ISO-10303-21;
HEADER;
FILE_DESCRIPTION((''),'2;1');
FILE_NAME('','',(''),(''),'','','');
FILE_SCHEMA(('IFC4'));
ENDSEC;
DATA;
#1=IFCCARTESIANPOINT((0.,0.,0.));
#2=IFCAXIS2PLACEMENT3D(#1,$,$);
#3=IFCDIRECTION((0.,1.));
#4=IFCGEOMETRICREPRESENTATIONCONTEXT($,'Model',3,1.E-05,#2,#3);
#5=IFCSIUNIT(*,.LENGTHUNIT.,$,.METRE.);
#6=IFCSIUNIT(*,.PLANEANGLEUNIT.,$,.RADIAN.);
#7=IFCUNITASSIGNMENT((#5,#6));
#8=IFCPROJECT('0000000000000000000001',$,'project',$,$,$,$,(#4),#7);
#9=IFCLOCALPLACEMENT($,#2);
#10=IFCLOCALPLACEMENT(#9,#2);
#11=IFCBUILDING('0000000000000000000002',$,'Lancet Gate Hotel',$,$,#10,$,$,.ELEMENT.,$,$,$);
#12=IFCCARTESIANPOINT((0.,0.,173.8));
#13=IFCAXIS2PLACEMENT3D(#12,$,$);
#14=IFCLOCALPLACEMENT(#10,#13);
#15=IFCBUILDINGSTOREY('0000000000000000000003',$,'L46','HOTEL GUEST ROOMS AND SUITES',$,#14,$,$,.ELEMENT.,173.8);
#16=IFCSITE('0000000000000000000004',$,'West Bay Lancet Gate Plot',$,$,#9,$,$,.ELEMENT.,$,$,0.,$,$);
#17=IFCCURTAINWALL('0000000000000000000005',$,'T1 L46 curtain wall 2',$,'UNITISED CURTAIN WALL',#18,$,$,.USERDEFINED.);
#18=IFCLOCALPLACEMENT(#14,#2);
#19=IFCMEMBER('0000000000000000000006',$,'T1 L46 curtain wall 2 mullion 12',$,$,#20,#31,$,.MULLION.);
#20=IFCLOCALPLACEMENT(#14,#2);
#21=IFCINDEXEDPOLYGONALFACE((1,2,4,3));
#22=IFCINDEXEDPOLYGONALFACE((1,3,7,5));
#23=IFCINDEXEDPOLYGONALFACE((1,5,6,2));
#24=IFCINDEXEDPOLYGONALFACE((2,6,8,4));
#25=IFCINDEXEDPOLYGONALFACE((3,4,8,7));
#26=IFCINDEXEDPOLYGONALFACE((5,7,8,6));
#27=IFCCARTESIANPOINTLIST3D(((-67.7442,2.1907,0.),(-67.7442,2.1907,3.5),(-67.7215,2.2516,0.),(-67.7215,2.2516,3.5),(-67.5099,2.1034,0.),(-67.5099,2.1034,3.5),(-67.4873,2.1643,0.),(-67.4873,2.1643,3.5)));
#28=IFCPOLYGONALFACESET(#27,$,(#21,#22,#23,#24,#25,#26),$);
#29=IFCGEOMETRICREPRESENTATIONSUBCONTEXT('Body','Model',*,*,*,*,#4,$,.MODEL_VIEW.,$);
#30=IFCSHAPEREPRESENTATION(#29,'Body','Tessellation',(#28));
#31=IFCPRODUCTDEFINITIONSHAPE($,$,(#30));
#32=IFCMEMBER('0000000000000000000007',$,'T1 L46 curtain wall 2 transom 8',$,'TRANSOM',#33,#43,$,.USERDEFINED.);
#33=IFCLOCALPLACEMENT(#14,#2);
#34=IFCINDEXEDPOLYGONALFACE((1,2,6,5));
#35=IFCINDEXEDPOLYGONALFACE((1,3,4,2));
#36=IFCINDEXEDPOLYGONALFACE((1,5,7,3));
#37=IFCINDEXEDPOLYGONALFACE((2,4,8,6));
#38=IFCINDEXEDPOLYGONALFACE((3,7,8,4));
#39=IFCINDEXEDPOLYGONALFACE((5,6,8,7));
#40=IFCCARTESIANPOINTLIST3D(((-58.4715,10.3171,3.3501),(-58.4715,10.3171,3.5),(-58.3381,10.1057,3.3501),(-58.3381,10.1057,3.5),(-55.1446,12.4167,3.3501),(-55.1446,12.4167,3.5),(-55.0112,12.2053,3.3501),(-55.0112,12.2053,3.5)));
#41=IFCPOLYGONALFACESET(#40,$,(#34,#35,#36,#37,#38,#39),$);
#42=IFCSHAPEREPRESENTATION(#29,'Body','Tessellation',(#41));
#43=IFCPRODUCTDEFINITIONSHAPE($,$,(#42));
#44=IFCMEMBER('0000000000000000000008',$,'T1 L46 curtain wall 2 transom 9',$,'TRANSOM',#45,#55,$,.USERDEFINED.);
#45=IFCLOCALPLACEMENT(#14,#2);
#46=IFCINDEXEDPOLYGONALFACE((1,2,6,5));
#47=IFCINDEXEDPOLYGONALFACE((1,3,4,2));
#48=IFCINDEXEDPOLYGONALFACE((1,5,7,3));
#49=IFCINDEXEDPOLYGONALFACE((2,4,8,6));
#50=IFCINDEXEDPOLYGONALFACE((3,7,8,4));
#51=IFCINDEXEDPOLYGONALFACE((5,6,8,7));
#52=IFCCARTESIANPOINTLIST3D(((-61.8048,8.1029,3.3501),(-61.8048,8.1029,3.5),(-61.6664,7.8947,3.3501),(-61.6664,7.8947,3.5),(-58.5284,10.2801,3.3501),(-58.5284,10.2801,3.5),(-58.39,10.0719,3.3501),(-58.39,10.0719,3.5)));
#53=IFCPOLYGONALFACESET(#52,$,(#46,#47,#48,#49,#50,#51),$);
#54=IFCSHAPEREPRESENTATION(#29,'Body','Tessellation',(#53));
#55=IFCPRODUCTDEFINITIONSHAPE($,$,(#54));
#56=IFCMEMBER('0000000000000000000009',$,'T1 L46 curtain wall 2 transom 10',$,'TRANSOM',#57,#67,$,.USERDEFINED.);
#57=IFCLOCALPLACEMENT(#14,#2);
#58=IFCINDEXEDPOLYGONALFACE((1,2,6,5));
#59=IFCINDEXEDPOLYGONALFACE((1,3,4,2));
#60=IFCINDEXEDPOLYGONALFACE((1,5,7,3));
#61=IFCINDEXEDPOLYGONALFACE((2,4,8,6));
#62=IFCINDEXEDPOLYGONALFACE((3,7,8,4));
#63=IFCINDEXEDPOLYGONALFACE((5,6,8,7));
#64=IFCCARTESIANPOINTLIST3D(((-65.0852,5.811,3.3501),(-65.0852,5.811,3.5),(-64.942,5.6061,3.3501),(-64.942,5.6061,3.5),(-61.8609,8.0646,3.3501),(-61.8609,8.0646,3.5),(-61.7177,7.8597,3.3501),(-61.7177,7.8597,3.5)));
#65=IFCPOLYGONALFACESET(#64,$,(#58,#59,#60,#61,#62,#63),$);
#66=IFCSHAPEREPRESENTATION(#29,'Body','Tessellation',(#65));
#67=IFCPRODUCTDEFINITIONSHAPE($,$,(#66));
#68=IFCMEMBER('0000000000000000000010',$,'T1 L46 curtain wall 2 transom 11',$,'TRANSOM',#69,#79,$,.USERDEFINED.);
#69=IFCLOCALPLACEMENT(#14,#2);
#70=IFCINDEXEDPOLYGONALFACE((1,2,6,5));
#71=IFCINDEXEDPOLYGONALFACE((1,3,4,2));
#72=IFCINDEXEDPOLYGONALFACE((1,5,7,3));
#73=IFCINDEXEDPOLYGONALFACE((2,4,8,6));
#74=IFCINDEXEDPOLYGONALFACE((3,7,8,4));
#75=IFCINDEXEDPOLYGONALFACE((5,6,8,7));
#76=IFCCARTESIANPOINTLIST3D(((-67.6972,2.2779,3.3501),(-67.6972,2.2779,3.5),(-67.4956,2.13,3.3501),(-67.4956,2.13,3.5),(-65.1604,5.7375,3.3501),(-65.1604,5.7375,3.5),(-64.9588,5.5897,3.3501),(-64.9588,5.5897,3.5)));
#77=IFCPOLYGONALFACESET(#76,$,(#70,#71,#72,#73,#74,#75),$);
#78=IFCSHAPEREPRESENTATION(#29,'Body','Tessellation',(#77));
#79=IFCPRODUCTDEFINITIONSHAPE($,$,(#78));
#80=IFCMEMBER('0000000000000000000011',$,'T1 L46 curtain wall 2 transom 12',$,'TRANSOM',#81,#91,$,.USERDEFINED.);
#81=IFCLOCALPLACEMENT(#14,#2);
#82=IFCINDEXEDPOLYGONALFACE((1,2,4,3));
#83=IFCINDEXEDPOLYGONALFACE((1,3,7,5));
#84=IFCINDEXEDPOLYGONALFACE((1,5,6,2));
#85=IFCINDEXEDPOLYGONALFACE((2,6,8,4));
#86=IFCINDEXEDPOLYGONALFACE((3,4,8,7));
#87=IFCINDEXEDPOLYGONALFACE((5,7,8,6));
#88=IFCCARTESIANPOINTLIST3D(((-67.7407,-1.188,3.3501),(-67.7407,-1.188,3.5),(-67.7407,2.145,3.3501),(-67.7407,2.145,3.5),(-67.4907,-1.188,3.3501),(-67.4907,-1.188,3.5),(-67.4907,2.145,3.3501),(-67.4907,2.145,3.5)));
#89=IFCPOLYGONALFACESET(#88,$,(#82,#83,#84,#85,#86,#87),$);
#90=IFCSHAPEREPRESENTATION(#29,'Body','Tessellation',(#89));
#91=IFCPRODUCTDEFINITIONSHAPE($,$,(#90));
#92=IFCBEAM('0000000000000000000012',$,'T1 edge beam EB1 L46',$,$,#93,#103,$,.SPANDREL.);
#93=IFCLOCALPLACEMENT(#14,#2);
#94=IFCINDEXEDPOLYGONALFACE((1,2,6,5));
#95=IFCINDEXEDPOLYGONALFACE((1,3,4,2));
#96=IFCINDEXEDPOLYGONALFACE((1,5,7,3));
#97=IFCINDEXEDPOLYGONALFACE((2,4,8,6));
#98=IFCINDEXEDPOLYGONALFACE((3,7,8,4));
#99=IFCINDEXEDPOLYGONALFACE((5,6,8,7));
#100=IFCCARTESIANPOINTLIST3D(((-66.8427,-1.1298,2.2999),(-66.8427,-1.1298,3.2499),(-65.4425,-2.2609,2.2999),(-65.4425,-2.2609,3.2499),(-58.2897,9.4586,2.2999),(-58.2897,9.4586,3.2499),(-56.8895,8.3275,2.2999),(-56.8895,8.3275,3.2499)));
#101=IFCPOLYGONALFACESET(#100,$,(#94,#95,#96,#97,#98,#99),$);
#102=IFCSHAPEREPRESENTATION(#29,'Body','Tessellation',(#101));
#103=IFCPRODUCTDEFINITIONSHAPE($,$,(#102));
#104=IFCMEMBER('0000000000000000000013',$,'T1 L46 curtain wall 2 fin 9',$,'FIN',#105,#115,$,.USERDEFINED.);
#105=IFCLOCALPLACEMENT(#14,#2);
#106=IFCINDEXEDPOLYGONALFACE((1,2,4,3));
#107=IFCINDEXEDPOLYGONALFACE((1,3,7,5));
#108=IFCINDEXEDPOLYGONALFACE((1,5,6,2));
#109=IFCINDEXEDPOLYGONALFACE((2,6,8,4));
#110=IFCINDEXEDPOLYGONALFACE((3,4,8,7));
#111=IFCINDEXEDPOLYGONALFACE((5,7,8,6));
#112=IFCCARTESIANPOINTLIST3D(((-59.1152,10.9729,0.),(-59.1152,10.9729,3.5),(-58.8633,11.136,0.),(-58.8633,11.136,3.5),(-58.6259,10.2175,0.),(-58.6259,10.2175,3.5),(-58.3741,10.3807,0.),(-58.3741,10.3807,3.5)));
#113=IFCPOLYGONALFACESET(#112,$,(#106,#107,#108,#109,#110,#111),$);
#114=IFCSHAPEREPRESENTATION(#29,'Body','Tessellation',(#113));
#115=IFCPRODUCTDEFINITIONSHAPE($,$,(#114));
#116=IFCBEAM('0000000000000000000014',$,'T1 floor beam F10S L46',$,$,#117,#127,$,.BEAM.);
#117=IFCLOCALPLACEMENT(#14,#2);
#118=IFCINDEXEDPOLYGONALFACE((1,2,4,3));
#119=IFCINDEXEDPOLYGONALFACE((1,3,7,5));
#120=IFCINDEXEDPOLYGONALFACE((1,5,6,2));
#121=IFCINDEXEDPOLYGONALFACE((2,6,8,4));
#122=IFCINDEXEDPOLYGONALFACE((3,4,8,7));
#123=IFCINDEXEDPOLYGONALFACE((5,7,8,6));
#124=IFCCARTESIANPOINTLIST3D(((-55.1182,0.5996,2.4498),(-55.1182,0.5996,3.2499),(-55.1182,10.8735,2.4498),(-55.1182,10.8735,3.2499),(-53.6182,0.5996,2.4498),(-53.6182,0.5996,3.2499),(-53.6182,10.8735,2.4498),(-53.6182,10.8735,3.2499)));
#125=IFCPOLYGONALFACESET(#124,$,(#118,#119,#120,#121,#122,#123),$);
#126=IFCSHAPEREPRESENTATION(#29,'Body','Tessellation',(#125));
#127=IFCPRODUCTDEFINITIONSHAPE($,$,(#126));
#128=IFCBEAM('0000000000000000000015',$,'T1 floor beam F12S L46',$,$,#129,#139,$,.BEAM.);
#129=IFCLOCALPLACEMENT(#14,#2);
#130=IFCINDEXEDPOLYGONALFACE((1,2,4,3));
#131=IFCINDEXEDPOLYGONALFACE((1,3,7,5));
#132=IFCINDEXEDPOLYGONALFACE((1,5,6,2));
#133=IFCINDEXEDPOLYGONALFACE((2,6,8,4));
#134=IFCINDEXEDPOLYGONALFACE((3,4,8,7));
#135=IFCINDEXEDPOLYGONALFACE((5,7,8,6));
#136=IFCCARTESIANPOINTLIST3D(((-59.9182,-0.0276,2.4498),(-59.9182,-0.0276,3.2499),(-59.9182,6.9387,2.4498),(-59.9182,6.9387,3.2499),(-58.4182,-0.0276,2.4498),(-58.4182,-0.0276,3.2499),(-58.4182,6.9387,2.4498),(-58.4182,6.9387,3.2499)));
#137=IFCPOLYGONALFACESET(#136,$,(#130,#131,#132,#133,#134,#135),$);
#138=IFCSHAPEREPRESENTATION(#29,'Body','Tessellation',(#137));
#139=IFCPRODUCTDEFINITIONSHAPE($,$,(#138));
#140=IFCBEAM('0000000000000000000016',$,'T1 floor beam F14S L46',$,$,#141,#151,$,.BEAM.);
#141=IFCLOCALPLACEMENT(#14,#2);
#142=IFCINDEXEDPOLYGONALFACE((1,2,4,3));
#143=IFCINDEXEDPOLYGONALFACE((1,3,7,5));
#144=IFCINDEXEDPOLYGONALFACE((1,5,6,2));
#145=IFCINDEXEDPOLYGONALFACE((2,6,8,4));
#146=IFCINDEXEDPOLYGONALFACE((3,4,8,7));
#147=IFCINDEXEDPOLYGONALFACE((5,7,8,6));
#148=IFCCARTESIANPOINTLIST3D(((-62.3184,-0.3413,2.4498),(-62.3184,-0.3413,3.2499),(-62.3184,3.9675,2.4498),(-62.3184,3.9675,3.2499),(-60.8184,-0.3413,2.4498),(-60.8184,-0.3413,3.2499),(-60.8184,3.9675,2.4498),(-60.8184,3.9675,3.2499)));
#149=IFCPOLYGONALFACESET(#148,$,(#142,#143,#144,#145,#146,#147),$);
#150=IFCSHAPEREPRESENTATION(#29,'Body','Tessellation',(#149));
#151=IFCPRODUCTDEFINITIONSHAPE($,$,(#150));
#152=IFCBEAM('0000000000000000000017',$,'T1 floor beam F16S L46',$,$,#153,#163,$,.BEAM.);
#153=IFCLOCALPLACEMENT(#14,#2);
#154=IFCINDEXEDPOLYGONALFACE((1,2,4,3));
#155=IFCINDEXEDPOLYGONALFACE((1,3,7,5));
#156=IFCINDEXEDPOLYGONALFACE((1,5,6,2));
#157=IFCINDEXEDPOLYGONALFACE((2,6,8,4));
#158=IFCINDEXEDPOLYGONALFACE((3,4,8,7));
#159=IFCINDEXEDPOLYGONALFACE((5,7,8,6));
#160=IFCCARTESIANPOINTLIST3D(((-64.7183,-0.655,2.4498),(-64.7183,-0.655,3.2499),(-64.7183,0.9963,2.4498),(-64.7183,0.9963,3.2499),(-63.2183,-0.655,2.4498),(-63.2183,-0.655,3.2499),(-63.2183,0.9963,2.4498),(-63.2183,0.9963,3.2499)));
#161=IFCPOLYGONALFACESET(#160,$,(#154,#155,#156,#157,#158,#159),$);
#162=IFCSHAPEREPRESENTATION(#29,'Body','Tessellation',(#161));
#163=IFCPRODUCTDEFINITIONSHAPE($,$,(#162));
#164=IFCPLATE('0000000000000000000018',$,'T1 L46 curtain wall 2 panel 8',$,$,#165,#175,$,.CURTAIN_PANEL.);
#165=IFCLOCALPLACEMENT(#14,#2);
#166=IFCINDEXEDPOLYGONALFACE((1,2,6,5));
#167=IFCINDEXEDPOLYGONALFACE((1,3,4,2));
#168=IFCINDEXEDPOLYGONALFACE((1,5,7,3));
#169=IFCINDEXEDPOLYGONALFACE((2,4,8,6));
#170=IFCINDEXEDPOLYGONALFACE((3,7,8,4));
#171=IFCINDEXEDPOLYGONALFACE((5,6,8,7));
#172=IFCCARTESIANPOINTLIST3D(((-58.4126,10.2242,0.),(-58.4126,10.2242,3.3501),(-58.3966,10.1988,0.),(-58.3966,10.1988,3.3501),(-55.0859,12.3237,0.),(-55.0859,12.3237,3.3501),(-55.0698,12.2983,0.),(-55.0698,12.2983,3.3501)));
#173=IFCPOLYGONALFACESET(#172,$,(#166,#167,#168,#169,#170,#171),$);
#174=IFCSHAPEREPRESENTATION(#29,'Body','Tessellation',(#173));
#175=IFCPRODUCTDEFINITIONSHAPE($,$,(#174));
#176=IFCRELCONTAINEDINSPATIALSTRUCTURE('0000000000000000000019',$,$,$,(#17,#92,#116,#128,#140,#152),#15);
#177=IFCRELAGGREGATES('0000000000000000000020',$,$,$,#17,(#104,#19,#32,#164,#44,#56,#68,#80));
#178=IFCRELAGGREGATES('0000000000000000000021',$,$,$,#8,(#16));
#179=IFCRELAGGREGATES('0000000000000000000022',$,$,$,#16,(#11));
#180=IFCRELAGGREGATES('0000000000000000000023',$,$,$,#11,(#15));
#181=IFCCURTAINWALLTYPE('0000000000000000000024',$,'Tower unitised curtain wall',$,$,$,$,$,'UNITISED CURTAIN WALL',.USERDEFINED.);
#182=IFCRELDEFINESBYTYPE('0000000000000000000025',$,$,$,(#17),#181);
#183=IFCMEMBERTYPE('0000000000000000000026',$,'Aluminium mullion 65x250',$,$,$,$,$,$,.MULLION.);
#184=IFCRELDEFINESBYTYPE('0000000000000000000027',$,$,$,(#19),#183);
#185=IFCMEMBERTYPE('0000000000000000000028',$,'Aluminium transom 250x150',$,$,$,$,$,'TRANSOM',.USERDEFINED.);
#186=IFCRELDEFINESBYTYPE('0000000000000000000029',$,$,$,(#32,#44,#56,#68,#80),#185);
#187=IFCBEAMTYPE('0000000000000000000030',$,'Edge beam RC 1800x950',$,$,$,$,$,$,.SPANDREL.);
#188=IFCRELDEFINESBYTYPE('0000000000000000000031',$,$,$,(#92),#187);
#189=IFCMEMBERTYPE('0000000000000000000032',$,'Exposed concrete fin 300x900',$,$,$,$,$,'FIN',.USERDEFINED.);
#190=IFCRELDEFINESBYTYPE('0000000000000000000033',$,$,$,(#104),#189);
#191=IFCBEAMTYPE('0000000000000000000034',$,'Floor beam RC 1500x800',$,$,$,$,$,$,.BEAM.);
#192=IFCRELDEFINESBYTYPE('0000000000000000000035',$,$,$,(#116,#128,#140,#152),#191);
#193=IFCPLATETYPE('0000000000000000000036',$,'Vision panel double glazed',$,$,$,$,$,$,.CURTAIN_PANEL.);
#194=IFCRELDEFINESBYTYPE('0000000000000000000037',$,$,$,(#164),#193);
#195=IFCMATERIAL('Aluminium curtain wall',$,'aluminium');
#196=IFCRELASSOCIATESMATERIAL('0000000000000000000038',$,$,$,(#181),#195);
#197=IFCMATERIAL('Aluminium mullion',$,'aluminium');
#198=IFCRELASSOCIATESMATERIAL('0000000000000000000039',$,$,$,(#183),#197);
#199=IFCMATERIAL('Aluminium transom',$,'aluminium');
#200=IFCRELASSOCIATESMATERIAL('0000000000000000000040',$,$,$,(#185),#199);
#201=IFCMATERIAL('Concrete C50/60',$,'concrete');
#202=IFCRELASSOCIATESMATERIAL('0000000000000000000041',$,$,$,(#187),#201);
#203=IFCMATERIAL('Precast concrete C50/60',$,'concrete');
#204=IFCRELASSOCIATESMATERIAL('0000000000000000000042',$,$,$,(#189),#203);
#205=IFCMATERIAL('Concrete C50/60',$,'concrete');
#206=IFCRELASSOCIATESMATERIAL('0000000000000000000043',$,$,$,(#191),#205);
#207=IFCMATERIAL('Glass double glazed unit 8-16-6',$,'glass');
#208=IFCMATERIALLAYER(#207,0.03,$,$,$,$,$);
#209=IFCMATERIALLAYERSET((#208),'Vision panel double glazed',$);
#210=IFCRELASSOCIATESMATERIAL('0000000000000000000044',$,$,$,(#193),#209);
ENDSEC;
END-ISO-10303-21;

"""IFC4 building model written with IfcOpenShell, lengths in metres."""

from ifc_helpers import new_model, si_unit, direction, frame, origin, origin_2d, place, context, subcontext, project, spatial, rectangle, extrude, material, layer, layer_set, material_profile, profile_set, type_object, element, aggregate, save


model = new_model("IFC4")

# Units and contexts
model_context = context("Model", 3, precision=1e-05, world=origin(), true_north=direction((0.0, 1.0)))
body_context = subcontext(model_context, "Body", "Model", "MODEL_VIEW")
ifc_project = project(units=[si_unit("LENGTHUNIT", "METRE"), si_unit("PLANEANGLEUNIT", "RADIAN")], contexts=[model_context])

# Site, building, storey
site_placement = place(None, origin())
site = spatial("IfcSite", under=ifc_project, at=site_placement, Name="West Bay Lancet Gate Plot", CompositionType="ELEMENT", RefElevation=0.0)
building_placement = place(site_placement, origin())
building = spatial("IfcBuilding", under=site, at=building_placement, Name="Lancet Gate Hotel", CompositionType="ELEMENT")
storey_placement = place(building_placement, frame((0.0, 0.0, 173.8)))
storey = spatial("IfcBuildingStorey", under=building, at=storey_placement, Name="L46", Description="HOTEL GUEST ROOMS AND SUITES", CompositionType="ELEMENT", Elevation=173.8)

# Curtain wall, members
ifc_material_1 = material(Name="Aluminium curtain wall", Category="aluminium")
curtain_wall_type = type_object("IfcCurtainWallType", Name="Tower unitised curtain wall", ElementType="UNITISED CURTAIN WALL", PredefinedType="USERDEFINED", material=ifc_material_1)
curtain_wall_placement = place(storey_placement, origin())
curtain_wall = element("IfcCurtainWall", 1, at=curtain_wall_placement, inside=storey, type_object=curtain_wall_type, Name="T1 L46 curtain wall 2", ObjectType="UNITISED CURTAIN WALL", PredefinedType="USERDEFINED")
ifc_material_2 = material(Name="Aluminium mullion", Category="aluminium")
ifc_material_profile_1 = material_profile(ifc_material_2, rectangle(XDim=0.0649, YDim=0.25, at=origin_2d()), Name="MULLION 65x250")
ifc_profile_set_1 = profile_set([ifc_material_profile_1], Name="Aluminium mullion")
member_type_1 = type_object("IfcMemberType", Name="Aluminium mullion 65x250", PredefinedType="MULLION", material=ifc_profile_set_1)
member_1_placement = place(storey_placement, frame((-67.6157, 2.1775, 0.0), z_axis=(0.0, 0.0, 1.0), x_axis=(-0.349199, -0.937048, 0.0)))
member_1 = element("IfcMember", 2, at=member_1_placement, type_object=member_type_1, Name="T1 L46 curtain wall 2 mullion 12", PredefinedType="MULLION", context=body_context, shape_type="SweptSolid", body=[
    extrude(rectangle(XDim=0.0649, YDim=0.25, at=origin_2d()), origin(), (0.0, 0.0, 1.0), 3.5),
])
ifc_material_3 = material(Name="Aluminium transom", Category="aluminium")
ifc_material_profile_2 = material_profile(ifc_material_3, rectangle(XDim=0.25, YDim=0.1499, at=origin_2d()), Name="TRANSOM 250x150")
ifc_profile_set_2 = profile_set([ifc_material_profile_2], Name="Aluminium transom")
member_type_2 = type_object("IfcMemberType", Name="Aluminium transom 250x150", ElementType="TRANSOM", PredefinedType="USERDEFINED", material=ifc_profile_set_2)
member_2_placement = place(storey_placement, frame((-55.0779, 12.311, 3.425), z_axis=(-0.845672, -0.533703, 0.0), x_axis=(0.533703, -0.845672, 0.0)))
member_2 = element("IfcMember", 3, at=member_2_placement, type_object=member_type_2, Name="T1 L46 curtain wall 2 transom 8", ObjectType="TRANSOM", PredefinedType="USERDEFINED", context=body_context, shape_type="SweptSolid", body=[
    extrude(rectangle(XDim=0.25, YDim=0.1499, at=origin_2d()), origin(), (0.0, 0.0, 1.0), 3.9341),
])
member_3_placement = place(storey_placement, frame((-58.4592, 10.176, 3.425), z_axis=(-0.832871, -0.553468, 0.0), x_axis=(0.553468, -0.832871, 0.0)))
member_3 = element("IfcMember", 4, at=member_3_placement, type_object=member_type_2, Name="T1 L46 curtain wall 2 transom 9", ObjectType="TRANSOM", PredefinedType="USERDEFINED", context=body_context, shape_type="SweptSolid", body=[
    extrude(rectangle(XDim=0.25, YDim=0.1499, at=origin_2d()), origin(), (0.0, 0.0, 1.0), 3.9338),
])
member_4_placement = place(storey_placement, frame((-61.7893, 7.9622, 3.425), z_axis=(-0.819637, -0.572883, 0.0), x_axis=(0.572883, -0.819637, 0.0)))
member_4 = element("IfcMember", 5, at=member_4_placement, type_object=member_type_2, Name="T1 L46 curtain wall 2 transom 10", ObjectType="TRANSOM", PredefinedType="USERDEFINED", context=body_context, shape_type="SweptSolid", body=[
    extrude(rectangle(XDim=0.25, YDim=0.1499, at=origin_2d()), origin(), (0.0, 0.0, 1.0), 3.9338),
])
member_5_placement = place(storey_placement, frame((-65.0596, 5.6636, 3.425), z_axis=(-0.591324, -0.806434, 0.0), x_axis=(0.806434, -0.591324, 0.0)))
member_5 = element("IfcMember", 6, at=member_5_placement, type_object=member_type_2, Name="T1 L46 curtain wall 2 transom 11", ObjectType="TRANSOM", PredefinedType="USERDEFINED", context=body_context, shape_type="SweptSolid", body=[
    extrude(rectangle(XDim=0.25, YDim=0.1499, at=origin_2d()), origin(), (0.0, 0.0, 1.0), 4.29),
])
member_6_placement = place(storey_placement, frame((-67.6157, 2.145, 3.425), z_axis=(0.0, -1.0, 0.0), x_axis=(1.0, 0.0, 0.0)))
member_6 = element("IfcMember", 7, at=member_6_placement, type_object=member_type_2, Name="T1 L46 curtain wall 2 transom 12", ObjectType="TRANSOM", PredefinedType="USERDEFINED", context=body_context, shape_type="SweptSolid", body=[
    extrude(rectangle(XDim=0.25, YDim=0.1499, at=origin_2d()), origin(), (0.0, 0.0, 1.0), 3.333),
])

# Beam
ifc_material_4 = material(Name="Concrete C50/60", Category="concrete")
ifc_material_profile_3 = material_profile(ifc_material_4, rectangle(XDim=1.8, YDim=0.95, at=origin_2d()), Name="RC 1800x950")
ifc_profile_set_3 = profile_set([ifc_material_profile_3], Name="Concrete C50/60")
beam_type_1 = type_object("IfcBeamType", Name="Edge beam RC 1800x950", PredefinedType="SPANDREL", material=ifc_profile_set_3)
beam_1_placement = place(storey_placement, frame((-57.5896, 8.8931, 2.7749), z_axis=(-0.628374, -0.777912, 0.0), x_axis=(0.777912, -0.628374, 0.0)))
element("IfcBeam", 8, at=beam_1_placement, inside=storey, type_object=beam_type_1, Name="T1 edge beam EB1 L46", PredefinedType="SPANDREL", context=body_context, shape_type="SweptSolid", body=[
    extrude(rectangle(XDim=1.8, YDim=0.95, at=origin_2d()), origin(), (0.0, 0.0, 1.0), 13.6113),
])

# Member
ifc_material_5 = material(Name="Precast concrete C50/60", Category="concrete")
ifc_material_profile_4 = material_profile(ifc_material_5, rectangle(XDim=0.3, YDim=0.8999, at=origin_2d()), Name="FIN 300x900")
ifc_profile_set_4 = profile_set([ifc_material_profile_4], Name="Precast concrete C50/60")
member_type_3 = type_object("IfcMemberType", Name="Exposed concrete fin 300x900", ElementType="FIN", PredefinedType="USERDEFINED", material=ifc_profile_set_4)
member_7_placement = place(storey_placement, frame((-58.7446, 10.6768, 0.0), z_axis=(0.0, 0.0, 1.0), x_axis=(-0.839331, -0.543621, 0.0)))
member_7 = element("IfcMember", 9, at=member_7_placement, type_object=member_type_3, Name="T1 L46 curtain wall 2 fin 9", ObjectType="FIN", PredefinedType="USERDEFINED", context=body_context, shape_type="SweptSolid", body=[
    extrude(rectangle(XDim=0.3, YDim=0.8999, at=origin_2d()), origin(), (0.0, 0.0, 1.0), 3.5),
])

# Beams
ifc_material_6 = material(Name="Concrete C50/60", Category="concrete")
ifc_material_profile_5 = material_profile(ifc_material_6, rectangle(XDim=1.5, YDim=0.8, at=origin_2d()), Name="RC 1500x800")
ifc_profile_set_5 = profile_set([ifc_material_profile_5], Name="Concrete C50/60")
beam_type_2 = type_object("IfcBeamType", Name="Floor beam RC 1500x800", PredefinedType="BEAM", material=ifc_profile_set_5)
beam_2_placement = place(storey_placement, frame((-54.3682, 10.8735, 2.8499), z_axis=(0.0, -1.0, 0.0), x_axis=(1.0, 0.0, 0.0)))
element("IfcBeam", 10, at=beam_2_placement, inside=storey, type_object=beam_type_2, Name="T1 floor beam F10S L46", PredefinedType="BEAM", context=body_context, shape_type="SweptSolid", body=[
    extrude(rectangle(XDim=1.5, YDim=0.8, at=origin_2d()), origin(), (0.0, 0.0, 1.0), 10.2739),
])
beam_3_placement = place(storey_placement, frame((-59.1682, 6.9387, 2.8499), z_axis=(0.0, -1.0, 0.0), x_axis=(1.0, 0.0, 0.0)))
element("IfcBeam", 11, at=beam_3_placement, inside=storey, type_object=beam_type_2, Name="T1 floor beam F12S L46", PredefinedType="BEAM", context=body_context, shape_type="SweptSolid", body=[
    extrude(rectangle(XDim=1.5, YDim=0.8, at=origin_2d()), origin(), (0.0, 0.0, 1.0), 6.9663),
])
beam_4_placement = place(storey_placement, frame((-61.5684, 3.9675, 2.8499), z_axis=(0.0, -1.0, 0.0), x_axis=(1.0, 0.0, 0.0)))
element("IfcBeam", 12, at=beam_4_placement, inside=storey, type_object=beam_type_2, Name="T1 floor beam F14S L46", PredefinedType="BEAM", context=body_context, shape_type="SweptSolid", body=[
    extrude(rectangle(XDim=1.5, YDim=0.8, at=origin_2d()), origin(), (0.0, 0.0, 1.0), 4.3088),
])
beam_5_placement = place(storey_placement, frame((-63.9683, 0.9963, 2.8499), z_axis=(0.0, -1.0, 0.0), x_axis=(1.0, 0.0, 0.0)))
element("IfcBeam", 13, at=beam_5_placement, inside=storey, type_object=beam_type_2, Name="T1 floor beam F16S L46", PredefinedType="BEAM", context=body_context, shape_type="SweptSolid", body=[
    extrude(rectangle(XDim=1.5, YDim=0.8, at=origin_2d()), origin(), (0.0, 0.0, 1.0), 1.6514),
])

# Plate
ifc_material_7 = material(Name="Glass double glazed unit 8-16-6", Category="glass")
ifc_layer_1 = layer(ifc_material_7, 0.03)
ifc_layer_set_1 = layer_set([ifc_layer_1], Name="Vision panel double glazed")
plate_type = type_object("IfcPlateType", Name="Vision panel double glazed", PredefinedType="CURTAIN_PANEL", material=ifc_layer_set_1)
plate_1_placement = place(storey_placement, frame((-56.7412, 11.2612, 0.0), z_axis=(0.0, 0.0, 1.0), x_axis=(-0.845667, -0.533711, 0.0)))
plate_1 = element("IfcPlate", 14, at=plate_1_placement, type_object=plate_type, Name="T1 L46 curtain wall 2 panel 8", PredefinedType="CURTAIN_PANEL", context=body_context, shape_type="SweptSolid", body=[
    extrude(rectangle(XDim=3.9338, YDim=0.03, at=origin_2d()), origin(), (0.0, 0.0, 1.0), 3.3501),
])
aggregate(curtain_wall, [member_7, member_1, member_2, plate_1, member_3, member_4, member_5, member_6])

save(model, "model.ifc")
